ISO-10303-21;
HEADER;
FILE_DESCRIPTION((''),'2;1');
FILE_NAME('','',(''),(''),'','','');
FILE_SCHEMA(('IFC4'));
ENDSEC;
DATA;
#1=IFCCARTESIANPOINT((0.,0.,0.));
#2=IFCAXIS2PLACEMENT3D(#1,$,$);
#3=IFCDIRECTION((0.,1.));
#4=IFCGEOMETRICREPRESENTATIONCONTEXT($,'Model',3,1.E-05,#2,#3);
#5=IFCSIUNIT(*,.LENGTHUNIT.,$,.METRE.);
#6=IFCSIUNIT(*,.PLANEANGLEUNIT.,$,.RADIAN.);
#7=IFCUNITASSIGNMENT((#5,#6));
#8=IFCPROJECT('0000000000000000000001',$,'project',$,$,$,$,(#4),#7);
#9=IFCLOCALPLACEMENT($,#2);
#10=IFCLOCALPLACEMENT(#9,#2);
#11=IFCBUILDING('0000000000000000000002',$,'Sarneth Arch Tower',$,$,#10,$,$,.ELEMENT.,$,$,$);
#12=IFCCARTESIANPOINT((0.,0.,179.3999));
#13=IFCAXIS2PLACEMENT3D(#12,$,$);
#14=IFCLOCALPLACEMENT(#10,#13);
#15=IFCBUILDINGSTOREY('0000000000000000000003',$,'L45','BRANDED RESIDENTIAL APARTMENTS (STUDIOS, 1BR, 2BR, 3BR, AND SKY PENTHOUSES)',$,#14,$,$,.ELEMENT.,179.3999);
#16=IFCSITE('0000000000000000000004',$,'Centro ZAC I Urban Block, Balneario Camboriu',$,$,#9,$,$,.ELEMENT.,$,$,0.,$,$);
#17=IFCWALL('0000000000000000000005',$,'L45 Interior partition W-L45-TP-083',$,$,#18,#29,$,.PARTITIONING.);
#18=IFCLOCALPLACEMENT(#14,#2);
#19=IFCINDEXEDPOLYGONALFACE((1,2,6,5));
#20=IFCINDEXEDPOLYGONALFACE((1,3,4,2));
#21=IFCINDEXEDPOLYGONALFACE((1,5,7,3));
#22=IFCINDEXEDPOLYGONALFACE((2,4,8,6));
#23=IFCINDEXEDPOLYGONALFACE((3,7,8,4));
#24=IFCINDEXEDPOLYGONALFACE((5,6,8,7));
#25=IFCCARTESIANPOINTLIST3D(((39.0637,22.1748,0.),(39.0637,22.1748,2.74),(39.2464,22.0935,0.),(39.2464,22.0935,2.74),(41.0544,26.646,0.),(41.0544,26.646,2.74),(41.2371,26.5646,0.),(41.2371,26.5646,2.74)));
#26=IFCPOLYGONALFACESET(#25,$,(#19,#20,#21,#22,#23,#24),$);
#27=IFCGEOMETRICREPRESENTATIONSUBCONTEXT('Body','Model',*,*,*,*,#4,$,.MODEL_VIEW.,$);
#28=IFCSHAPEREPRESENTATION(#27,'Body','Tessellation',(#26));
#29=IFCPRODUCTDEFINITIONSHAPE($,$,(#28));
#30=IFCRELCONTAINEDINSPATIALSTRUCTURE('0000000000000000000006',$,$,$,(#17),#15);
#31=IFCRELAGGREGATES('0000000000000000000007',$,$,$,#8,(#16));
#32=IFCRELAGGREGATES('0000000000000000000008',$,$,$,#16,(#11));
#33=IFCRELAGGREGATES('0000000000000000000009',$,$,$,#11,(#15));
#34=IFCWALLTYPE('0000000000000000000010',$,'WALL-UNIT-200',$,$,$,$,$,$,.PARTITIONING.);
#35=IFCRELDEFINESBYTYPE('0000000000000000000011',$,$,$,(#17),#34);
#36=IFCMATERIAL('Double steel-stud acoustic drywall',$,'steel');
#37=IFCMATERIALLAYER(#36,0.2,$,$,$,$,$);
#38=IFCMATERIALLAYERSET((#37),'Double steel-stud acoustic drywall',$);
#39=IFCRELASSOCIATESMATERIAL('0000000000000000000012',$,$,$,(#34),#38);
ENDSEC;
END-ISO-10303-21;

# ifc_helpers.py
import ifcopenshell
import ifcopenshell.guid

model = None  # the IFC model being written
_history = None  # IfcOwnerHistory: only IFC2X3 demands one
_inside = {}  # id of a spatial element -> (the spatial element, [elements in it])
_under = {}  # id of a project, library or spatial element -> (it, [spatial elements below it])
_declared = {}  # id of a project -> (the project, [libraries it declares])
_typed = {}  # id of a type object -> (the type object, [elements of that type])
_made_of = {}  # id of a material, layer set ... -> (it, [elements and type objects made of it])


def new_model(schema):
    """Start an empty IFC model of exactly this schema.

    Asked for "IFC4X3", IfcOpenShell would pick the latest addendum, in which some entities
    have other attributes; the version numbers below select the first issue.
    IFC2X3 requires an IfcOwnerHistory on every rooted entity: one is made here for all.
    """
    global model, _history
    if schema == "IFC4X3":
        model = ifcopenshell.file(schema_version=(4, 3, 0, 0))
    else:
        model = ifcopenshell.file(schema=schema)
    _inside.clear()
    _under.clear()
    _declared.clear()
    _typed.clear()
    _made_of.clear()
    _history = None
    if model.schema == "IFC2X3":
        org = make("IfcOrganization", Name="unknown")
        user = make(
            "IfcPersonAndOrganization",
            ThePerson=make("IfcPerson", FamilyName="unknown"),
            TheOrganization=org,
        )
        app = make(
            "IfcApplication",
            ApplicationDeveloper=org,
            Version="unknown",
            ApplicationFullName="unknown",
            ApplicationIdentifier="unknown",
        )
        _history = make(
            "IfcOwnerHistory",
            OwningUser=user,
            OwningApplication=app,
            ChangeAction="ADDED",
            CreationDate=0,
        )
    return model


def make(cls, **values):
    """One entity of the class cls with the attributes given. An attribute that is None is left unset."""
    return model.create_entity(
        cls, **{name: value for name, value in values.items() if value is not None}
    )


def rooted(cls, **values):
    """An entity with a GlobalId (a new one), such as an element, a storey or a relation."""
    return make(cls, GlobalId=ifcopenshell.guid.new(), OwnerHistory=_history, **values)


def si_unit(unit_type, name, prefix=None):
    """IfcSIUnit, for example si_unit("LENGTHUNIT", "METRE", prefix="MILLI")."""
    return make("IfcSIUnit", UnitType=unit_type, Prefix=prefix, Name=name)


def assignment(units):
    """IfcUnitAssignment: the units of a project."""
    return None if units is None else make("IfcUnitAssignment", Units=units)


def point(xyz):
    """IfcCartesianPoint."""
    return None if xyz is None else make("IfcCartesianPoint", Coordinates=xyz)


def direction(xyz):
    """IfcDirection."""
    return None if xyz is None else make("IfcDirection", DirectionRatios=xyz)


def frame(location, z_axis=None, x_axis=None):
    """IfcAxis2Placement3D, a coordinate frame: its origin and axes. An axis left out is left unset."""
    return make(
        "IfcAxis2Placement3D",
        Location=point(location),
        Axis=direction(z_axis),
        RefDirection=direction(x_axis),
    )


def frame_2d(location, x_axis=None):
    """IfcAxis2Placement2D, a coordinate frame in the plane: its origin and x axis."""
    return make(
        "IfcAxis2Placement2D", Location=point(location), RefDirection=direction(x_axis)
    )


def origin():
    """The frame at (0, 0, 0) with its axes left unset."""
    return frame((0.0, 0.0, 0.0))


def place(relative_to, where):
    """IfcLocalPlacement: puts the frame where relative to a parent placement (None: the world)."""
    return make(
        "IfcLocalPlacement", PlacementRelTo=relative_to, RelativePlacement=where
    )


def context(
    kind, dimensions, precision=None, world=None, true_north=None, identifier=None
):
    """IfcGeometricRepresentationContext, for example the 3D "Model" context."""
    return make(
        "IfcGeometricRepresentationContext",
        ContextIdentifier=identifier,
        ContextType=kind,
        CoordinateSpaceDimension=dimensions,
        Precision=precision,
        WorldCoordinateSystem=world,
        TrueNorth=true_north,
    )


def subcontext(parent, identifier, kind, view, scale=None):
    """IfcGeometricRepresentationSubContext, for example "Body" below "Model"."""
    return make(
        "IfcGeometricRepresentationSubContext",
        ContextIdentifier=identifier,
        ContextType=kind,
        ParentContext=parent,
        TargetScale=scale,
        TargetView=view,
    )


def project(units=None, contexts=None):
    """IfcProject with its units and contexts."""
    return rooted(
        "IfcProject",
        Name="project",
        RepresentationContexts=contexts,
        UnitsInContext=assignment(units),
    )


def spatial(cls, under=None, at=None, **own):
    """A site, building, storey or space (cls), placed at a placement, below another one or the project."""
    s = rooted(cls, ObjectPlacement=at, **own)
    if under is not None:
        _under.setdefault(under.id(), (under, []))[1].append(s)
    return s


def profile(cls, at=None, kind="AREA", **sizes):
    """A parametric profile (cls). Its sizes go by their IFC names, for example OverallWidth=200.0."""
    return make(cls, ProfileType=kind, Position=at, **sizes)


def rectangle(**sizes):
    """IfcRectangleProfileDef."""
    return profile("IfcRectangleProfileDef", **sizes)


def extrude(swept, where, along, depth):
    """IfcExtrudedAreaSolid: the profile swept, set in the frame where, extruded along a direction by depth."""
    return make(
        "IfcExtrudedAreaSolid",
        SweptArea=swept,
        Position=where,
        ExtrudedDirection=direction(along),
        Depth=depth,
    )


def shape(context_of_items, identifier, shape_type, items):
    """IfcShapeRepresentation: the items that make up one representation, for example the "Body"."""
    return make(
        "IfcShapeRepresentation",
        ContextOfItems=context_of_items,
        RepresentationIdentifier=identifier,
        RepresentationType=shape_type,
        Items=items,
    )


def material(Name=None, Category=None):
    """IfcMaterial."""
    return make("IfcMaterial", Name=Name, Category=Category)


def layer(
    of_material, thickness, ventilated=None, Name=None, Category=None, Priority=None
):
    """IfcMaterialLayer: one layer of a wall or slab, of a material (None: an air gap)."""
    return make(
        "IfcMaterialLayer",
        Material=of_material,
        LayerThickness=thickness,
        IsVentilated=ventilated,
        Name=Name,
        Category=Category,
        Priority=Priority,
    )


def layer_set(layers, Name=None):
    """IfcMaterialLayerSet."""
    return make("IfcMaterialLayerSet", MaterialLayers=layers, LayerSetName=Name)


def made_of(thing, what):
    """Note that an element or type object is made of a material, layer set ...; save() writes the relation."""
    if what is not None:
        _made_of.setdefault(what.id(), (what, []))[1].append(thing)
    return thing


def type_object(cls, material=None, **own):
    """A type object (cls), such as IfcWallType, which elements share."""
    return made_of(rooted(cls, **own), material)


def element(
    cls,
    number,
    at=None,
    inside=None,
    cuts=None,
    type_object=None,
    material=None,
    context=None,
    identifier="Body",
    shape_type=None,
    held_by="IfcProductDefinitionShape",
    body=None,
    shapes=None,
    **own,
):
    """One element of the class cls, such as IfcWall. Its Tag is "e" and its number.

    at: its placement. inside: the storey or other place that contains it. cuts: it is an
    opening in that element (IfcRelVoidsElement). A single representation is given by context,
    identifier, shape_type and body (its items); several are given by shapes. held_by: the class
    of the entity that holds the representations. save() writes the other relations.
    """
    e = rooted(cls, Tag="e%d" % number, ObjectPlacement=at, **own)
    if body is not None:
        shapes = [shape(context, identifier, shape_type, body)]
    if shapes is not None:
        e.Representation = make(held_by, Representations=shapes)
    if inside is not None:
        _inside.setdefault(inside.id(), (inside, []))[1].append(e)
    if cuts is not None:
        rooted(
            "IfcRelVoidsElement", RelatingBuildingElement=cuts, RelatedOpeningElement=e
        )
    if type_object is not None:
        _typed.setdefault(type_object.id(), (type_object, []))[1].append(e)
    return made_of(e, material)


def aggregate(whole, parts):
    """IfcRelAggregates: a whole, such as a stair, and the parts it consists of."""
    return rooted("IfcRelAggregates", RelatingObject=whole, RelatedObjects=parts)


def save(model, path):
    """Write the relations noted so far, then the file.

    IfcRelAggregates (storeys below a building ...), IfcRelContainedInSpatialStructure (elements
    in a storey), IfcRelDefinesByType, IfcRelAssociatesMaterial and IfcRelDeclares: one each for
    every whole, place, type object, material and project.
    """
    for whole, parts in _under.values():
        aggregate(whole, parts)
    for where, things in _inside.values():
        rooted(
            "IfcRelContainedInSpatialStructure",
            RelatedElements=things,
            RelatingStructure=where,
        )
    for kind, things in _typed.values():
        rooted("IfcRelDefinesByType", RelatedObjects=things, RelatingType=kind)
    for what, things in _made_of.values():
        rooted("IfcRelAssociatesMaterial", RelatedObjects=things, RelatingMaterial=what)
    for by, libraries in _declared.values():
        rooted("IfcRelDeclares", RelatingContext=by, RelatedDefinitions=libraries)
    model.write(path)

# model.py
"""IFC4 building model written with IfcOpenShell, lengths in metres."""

from ifc_helpers import new_model, si_unit, direction, frame, frame_2d, origin, place, context, subcontext, project, spatial, rectangle, extrude, material, layer, layer_set, type_object, element, save


model = new_model("IFC4")

# Units and contexts
model_context = context("Model", 3, precision=1e-05, world=origin(), true_north=direction((0.0, 1.0)))
body_context = subcontext(model_context, "Body", "Model", "MODEL_VIEW")
ifc_project = project(units=[si_unit("LENGTHUNIT", "METRE"), si_unit("PLANEANGLEUNIT", "RADIAN")], contexts=[model_context])

# Site, building, storey
site_placement = place(None, origin())
site = spatial("IfcSite", under=ifc_project, at=site_placement, Name="Centro ZAC I Urban Block, Balneario Camboriu", CompositionType="ELEMENT", RefElevation=0.0)
building_placement = place(site_placement, origin())
building = spatial("IfcBuilding", under=site, at=building_placement, Name="Sarneth Arch Tower", CompositionType="ELEMENT")
storey_placement = place(building_placement, frame((0.0, 0.0, 179.3999)))
storey = spatial("IfcBuildingStorey", under=building, at=storey_placement, Name="L45", Description="BRANDED RESIDENTIAL APARTMENTS (STUDIOS, 1BR, 2BR, 3BR, AND SKY PENTHOUSES)", CompositionType="ELEMENT", Elevation=179.3999)

# Wall
ifc_material_1 = material(Name="Double steel-stud acoustic drywall", Category="steel")
ifc_layer_1 = layer(ifc_material_1, 0.2)
ifc_layer_set_1 = layer_set([ifc_layer_1], Name="Double steel-stud acoustic drywall")
wall_type_1 = type_object("IfcWallType", Name="WALL-UNIT-200", PredefinedType="PARTITIONING", material=ifc_layer_set_1)
wall_1_placement = place(storey_placement, frame((39.155, 22.134, 0.0), z_axis=(0.0, 0.0, 1.0), x_axis=(0.40674, 0.913544, 0.0)))
element("IfcWall", 1, at=wall_1_placement, inside=storey, type_object=wall_type_1, Name="L45 Interior partition W-L45-TP-083", PredefinedType="PARTITIONING", context=body_context, shape_type="SweptSolid", body=[
    extrude(rectangle(XDim=4.8943, YDim=0.2, at=frame_2d((2.4473, 0.0))), origin(), (0.0, 0.0, 1.0), 2.74),
])

save(model, "model.ifc")
